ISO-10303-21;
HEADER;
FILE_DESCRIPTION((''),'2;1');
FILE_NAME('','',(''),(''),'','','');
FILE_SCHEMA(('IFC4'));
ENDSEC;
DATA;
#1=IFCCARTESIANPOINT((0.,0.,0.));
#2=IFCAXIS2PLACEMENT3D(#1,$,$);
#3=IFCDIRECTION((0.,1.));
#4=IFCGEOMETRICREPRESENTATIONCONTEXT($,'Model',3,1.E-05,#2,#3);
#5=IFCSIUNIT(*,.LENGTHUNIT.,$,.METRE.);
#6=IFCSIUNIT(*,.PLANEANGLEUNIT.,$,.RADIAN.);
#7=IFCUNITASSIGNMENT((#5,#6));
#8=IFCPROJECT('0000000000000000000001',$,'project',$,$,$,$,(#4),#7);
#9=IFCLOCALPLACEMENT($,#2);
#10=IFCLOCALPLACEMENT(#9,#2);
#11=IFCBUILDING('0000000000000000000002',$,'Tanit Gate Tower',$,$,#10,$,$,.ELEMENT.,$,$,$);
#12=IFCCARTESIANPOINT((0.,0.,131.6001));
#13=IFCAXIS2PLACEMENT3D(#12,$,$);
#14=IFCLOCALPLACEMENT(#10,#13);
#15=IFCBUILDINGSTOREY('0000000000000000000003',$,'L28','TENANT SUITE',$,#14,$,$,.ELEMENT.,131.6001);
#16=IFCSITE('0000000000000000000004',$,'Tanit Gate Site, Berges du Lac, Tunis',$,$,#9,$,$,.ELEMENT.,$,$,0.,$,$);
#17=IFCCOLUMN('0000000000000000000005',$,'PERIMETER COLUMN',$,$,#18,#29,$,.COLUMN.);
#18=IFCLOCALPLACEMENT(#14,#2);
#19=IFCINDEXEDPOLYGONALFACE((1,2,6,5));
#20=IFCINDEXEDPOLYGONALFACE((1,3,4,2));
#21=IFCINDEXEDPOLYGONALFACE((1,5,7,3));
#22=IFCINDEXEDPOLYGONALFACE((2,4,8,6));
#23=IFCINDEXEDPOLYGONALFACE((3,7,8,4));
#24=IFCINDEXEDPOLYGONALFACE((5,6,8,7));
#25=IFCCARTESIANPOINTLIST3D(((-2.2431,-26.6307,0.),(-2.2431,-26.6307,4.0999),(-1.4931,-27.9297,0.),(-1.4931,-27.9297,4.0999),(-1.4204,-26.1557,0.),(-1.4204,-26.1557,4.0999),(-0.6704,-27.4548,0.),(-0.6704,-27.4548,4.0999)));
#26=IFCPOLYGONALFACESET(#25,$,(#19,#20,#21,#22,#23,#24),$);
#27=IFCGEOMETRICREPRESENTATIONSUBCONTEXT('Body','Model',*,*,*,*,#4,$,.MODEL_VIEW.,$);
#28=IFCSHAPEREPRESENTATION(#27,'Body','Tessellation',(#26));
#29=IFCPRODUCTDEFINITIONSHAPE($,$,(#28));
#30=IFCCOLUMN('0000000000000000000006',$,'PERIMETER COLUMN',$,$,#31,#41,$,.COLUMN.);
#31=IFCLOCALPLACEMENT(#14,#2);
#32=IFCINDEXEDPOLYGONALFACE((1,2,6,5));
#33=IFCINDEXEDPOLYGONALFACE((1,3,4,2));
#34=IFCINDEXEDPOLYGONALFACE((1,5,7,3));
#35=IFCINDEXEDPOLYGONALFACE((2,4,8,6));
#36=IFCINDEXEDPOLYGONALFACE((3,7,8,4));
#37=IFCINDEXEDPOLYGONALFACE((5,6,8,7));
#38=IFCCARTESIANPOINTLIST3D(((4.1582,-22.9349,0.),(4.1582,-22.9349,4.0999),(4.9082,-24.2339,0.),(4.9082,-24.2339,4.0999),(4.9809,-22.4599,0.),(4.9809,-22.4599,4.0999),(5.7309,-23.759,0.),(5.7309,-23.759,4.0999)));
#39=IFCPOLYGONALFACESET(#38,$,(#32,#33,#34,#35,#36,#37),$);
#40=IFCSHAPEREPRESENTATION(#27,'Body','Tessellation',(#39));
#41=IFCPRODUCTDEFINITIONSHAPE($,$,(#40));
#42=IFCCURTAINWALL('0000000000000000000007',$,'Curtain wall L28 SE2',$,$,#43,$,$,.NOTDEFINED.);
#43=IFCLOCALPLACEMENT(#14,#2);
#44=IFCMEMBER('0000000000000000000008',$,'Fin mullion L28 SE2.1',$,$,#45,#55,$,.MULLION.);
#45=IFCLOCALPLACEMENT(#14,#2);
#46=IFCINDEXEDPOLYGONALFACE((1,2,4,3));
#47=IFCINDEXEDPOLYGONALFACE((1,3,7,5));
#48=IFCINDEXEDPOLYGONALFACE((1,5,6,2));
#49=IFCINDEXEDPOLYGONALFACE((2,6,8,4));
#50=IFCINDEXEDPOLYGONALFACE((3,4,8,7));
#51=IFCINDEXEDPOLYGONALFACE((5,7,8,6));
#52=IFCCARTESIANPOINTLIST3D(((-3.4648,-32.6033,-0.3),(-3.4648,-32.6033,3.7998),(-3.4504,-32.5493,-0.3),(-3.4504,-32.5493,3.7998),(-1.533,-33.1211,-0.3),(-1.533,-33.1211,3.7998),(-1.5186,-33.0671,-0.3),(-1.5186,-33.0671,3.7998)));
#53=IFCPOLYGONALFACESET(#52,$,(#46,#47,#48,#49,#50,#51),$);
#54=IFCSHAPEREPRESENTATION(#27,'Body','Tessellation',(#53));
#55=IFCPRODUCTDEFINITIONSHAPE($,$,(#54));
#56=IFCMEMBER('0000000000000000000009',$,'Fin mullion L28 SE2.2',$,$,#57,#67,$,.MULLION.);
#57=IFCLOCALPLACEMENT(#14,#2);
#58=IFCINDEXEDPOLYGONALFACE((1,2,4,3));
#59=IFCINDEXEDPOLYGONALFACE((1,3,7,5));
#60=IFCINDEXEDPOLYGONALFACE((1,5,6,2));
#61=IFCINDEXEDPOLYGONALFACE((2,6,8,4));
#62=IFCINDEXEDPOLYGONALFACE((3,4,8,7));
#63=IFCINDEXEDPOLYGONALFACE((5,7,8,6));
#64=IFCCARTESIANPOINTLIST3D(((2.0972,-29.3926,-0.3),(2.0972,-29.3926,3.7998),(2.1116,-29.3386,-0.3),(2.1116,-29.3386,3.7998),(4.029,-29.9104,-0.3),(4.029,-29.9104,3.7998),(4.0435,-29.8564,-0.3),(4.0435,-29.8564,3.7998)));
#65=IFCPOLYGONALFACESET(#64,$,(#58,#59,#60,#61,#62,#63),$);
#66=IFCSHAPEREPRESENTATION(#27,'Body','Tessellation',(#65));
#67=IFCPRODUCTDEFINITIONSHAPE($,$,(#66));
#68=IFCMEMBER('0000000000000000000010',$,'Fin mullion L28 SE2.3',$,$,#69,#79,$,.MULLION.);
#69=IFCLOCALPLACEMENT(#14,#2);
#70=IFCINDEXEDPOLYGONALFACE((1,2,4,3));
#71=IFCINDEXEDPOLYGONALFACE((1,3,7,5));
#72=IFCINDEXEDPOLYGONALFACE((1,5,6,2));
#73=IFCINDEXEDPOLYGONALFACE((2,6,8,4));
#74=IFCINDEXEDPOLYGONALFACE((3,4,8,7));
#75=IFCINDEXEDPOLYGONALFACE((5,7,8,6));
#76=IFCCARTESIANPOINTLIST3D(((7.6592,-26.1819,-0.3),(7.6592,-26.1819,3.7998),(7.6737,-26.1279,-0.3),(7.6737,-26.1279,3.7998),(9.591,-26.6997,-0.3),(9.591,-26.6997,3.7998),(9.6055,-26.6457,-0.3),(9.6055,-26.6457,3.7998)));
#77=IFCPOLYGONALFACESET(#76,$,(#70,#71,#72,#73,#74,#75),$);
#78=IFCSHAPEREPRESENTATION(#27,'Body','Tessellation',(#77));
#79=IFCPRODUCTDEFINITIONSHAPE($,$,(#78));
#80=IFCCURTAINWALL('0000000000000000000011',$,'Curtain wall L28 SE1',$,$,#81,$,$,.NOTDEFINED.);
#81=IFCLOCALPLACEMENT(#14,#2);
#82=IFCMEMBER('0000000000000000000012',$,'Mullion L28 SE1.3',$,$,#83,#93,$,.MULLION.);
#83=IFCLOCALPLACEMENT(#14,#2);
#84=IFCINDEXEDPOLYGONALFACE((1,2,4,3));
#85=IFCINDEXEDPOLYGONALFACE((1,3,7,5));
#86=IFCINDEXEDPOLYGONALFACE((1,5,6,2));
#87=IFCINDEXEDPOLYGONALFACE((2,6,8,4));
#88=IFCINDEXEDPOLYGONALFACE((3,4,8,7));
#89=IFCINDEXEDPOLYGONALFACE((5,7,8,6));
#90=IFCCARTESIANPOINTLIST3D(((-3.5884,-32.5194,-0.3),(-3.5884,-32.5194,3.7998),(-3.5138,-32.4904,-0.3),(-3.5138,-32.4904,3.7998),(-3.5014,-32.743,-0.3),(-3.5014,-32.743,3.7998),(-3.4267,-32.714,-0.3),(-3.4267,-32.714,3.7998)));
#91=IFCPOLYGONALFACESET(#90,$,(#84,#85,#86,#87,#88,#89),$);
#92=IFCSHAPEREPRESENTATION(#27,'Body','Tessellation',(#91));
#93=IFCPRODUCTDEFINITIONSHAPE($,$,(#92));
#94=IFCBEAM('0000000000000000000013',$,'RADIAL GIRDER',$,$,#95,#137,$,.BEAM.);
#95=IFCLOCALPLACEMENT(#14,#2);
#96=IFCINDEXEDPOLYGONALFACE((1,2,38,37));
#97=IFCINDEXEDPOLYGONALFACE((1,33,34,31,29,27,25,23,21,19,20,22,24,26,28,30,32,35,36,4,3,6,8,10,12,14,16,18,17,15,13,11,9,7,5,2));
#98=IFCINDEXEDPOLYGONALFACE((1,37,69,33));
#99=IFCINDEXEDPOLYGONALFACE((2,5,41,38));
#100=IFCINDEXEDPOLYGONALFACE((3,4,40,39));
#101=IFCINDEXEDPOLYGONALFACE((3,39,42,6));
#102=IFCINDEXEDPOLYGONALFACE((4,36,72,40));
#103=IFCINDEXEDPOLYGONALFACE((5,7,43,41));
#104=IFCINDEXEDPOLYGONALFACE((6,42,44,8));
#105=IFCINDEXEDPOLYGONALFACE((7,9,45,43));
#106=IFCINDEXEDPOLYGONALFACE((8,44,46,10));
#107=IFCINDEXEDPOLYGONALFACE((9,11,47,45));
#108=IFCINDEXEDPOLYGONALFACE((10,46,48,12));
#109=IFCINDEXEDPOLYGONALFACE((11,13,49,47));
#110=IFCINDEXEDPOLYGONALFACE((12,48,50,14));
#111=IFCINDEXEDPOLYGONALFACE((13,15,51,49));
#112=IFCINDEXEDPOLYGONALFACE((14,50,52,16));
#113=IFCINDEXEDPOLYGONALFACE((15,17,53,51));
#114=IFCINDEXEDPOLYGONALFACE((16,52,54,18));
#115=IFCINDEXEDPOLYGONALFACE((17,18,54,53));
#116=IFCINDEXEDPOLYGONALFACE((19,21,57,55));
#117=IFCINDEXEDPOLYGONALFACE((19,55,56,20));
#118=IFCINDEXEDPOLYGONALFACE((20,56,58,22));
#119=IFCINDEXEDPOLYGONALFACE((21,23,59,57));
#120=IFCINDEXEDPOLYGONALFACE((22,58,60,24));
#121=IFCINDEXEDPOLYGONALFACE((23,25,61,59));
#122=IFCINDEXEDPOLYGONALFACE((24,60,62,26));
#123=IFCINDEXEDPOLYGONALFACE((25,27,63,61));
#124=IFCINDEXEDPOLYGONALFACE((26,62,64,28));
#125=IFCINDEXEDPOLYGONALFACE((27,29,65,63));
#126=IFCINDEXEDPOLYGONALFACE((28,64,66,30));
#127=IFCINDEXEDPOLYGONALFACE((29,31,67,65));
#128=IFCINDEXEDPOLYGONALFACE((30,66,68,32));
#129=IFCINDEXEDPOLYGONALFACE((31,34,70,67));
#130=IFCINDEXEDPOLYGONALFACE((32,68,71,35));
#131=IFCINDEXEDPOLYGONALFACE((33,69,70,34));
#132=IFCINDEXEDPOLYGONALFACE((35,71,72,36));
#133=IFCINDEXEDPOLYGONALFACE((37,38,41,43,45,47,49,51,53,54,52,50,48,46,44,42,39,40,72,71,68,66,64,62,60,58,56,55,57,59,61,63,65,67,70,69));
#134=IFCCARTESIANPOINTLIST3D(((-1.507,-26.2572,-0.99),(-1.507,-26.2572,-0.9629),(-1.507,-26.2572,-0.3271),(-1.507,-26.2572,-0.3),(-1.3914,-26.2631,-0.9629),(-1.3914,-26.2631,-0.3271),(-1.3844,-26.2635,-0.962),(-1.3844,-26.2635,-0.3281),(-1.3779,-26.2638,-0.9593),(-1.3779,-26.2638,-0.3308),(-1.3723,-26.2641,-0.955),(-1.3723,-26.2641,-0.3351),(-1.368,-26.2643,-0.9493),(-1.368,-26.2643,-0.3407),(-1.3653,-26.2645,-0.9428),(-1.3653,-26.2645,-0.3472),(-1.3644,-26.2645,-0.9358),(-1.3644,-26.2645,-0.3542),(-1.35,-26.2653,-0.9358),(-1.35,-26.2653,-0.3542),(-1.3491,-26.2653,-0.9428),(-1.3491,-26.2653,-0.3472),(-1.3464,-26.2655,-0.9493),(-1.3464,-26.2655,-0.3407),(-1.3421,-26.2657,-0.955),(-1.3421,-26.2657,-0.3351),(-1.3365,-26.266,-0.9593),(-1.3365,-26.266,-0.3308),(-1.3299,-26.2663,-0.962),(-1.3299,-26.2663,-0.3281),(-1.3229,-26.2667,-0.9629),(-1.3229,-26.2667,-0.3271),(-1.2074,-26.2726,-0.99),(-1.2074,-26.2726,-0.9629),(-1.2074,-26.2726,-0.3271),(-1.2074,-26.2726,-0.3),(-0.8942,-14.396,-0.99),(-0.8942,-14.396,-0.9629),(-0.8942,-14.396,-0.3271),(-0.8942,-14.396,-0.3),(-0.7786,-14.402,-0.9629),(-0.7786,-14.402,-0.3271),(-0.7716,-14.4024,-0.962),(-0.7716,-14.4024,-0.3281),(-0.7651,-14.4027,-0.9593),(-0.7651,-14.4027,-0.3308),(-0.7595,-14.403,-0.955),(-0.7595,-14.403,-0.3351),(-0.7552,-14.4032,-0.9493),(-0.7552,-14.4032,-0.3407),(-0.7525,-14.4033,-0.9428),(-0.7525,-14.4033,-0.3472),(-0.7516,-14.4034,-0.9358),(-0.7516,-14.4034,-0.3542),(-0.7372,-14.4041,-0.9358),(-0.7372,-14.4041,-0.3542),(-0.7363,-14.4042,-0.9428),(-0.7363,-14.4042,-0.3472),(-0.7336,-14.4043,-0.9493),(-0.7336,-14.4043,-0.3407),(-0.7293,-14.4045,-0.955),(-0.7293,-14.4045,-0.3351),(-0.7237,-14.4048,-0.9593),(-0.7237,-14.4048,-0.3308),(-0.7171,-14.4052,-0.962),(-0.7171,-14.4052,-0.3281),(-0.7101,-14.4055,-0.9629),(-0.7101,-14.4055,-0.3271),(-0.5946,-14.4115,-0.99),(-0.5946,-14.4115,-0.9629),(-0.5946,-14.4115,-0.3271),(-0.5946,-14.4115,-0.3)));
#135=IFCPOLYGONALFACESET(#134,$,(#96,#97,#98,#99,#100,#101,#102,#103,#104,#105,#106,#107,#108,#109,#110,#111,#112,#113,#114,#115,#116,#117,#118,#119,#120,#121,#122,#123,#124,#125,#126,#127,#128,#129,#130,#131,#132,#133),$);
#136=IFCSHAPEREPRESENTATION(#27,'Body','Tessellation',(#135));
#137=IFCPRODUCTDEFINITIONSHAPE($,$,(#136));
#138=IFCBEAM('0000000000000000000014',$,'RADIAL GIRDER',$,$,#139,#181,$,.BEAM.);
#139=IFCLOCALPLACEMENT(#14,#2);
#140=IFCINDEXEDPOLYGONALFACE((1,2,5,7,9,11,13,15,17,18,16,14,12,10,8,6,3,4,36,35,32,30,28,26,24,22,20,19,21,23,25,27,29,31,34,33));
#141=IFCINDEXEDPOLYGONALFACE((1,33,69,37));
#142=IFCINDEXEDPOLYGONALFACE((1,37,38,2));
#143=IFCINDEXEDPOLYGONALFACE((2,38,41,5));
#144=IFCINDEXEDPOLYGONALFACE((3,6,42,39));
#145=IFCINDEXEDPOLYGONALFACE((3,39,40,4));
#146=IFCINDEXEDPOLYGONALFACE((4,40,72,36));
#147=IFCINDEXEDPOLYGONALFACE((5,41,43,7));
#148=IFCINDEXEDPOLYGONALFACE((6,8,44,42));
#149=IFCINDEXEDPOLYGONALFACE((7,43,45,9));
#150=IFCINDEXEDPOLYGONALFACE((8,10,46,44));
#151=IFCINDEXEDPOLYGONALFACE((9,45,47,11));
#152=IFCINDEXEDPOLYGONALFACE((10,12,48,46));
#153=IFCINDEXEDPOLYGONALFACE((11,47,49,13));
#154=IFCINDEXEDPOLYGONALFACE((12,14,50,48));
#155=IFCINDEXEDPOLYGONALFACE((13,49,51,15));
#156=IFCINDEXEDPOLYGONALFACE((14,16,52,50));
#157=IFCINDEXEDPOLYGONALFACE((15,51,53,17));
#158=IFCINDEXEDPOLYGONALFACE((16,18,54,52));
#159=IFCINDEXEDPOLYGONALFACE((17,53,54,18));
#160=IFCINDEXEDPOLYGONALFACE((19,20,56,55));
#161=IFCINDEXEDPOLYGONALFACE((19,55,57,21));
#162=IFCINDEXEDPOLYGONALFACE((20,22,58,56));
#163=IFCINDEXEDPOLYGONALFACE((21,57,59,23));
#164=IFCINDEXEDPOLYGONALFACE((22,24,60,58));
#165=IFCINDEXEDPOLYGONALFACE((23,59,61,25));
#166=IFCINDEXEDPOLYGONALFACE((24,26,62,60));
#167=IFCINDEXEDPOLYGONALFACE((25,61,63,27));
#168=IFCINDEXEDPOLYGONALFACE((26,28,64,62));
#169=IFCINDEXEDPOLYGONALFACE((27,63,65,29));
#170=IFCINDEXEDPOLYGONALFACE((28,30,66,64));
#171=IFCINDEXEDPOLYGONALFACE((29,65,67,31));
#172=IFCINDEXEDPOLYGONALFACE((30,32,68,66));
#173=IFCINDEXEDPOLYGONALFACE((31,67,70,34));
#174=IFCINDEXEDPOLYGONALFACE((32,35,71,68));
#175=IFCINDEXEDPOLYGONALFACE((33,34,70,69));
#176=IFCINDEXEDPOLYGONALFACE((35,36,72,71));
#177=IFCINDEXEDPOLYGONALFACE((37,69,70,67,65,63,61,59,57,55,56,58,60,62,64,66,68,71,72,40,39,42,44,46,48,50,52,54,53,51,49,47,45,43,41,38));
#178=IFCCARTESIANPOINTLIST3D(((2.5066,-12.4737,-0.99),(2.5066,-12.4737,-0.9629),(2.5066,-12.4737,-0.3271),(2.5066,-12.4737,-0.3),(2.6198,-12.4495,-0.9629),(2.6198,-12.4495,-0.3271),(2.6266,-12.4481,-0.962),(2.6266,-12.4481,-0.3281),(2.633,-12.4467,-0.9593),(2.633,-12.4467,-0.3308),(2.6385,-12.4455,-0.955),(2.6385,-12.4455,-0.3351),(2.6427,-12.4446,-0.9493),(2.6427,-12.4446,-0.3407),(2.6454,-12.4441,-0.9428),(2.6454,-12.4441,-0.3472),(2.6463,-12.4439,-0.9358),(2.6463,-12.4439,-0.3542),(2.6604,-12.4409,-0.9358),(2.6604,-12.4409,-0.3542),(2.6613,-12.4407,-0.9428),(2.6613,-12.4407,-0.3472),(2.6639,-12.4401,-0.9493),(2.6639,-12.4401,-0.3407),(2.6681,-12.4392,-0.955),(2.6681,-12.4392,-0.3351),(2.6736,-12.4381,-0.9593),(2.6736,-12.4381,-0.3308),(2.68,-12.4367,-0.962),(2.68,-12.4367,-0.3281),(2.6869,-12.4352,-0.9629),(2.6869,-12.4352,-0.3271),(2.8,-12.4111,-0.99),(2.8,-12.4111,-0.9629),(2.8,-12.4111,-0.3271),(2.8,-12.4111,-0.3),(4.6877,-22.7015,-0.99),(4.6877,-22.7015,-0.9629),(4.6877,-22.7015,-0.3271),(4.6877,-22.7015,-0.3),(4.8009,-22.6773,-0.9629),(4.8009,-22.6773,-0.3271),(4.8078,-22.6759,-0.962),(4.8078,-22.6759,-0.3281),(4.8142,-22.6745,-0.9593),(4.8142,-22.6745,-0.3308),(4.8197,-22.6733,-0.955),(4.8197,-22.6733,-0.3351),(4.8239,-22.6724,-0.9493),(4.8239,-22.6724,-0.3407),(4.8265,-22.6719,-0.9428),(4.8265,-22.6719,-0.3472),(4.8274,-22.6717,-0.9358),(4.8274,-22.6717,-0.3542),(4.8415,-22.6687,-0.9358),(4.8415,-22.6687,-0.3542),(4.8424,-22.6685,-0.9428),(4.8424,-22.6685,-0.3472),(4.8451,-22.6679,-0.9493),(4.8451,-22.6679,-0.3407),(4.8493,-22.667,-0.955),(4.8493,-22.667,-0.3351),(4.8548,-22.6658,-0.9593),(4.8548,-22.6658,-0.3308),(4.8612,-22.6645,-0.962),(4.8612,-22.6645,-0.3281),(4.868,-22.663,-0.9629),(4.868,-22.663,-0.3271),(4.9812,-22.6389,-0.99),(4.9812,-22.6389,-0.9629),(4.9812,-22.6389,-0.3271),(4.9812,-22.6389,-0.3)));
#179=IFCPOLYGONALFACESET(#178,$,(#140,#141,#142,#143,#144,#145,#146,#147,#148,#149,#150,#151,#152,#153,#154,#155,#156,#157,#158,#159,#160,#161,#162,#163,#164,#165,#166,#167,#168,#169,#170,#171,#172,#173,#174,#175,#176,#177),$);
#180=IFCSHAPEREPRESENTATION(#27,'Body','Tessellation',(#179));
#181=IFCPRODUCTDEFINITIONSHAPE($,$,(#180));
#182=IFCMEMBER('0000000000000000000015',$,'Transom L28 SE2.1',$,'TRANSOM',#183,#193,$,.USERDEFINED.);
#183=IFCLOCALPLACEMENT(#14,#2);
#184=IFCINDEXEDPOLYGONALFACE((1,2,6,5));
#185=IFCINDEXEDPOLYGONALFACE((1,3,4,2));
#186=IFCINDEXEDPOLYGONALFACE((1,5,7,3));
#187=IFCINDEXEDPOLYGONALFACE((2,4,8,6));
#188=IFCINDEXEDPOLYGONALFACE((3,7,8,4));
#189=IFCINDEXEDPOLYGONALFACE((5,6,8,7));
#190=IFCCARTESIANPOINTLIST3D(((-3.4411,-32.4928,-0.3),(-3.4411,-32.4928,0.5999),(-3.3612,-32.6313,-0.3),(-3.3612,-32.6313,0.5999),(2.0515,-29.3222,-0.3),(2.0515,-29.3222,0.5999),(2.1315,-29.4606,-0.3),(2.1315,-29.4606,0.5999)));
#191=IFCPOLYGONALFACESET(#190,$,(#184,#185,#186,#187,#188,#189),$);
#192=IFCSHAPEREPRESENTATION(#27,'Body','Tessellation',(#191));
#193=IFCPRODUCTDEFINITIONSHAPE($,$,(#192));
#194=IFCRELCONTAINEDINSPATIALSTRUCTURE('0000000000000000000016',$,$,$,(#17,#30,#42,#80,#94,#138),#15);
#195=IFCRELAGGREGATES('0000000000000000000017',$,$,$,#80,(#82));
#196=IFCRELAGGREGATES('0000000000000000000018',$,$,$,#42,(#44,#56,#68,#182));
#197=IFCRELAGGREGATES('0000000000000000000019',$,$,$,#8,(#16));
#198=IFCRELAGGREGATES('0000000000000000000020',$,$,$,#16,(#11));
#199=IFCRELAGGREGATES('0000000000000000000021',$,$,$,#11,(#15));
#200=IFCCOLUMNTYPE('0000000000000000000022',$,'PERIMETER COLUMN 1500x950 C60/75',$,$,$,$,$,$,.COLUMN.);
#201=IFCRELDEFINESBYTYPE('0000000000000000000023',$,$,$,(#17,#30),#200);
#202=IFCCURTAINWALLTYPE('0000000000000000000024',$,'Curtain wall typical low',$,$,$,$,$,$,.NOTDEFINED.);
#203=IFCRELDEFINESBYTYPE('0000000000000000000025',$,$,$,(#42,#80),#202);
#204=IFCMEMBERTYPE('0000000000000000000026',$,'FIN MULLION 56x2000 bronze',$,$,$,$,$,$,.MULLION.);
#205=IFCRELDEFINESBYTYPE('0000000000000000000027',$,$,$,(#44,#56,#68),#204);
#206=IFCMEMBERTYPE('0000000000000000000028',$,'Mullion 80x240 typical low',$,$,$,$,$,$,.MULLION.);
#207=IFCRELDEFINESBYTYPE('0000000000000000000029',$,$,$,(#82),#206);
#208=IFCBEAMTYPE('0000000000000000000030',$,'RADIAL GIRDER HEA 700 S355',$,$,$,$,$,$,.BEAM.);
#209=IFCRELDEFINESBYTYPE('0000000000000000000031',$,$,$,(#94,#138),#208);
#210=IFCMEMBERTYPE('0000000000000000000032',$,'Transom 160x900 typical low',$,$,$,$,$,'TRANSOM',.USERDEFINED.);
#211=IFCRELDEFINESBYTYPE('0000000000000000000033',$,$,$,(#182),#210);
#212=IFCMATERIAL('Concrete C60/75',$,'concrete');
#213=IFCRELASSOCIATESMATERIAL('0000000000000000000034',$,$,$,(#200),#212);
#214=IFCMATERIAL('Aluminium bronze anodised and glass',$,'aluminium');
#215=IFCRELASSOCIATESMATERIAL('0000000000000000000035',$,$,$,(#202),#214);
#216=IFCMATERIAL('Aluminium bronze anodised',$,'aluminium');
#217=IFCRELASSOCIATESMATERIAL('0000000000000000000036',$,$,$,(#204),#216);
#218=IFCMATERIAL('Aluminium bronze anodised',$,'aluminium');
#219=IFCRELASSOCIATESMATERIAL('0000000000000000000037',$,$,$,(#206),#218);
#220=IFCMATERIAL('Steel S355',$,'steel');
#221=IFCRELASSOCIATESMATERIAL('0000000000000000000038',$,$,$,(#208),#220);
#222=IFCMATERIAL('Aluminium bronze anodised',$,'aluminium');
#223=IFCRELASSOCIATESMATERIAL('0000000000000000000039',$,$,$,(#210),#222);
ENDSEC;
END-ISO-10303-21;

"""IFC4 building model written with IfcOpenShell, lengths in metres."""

from ifc_helpers import new_model, si_unit, direction, frame, origin, origin_2d, place, context, subcontext, project, spatial, rectangle, i_section, extrude, material, material_profile, profile_set, type_object, element, aggregate, save


model = new_model("IFC4")

# Units and contexts
model_context = context("Model", 3, precision=1e-05, world=origin(), true_north=direction((0.0, 1.0)))
body_context = subcontext(model_context, "Body", "Model", "MODEL_VIEW")
ifc_project = project(units=[si_unit("LENGTHUNIT", "METRE"), si_unit("PLANEANGLEUNIT", "RADIAN")], contexts=[model_context])

# Site, building, storey
site_placement = place(None, origin())
site = spatial("IfcSite", under=ifc_project, at=site_placement, Name="Tanit Gate Site, Berges du Lac, Tunis", CompositionType="ELEMENT", RefElevation=0.0)
building_placement = place(site_placement, origin())
building = spatial("IfcBuilding", under=site, at=building_placement, Name="Tanit Gate Tower", CompositionType="ELEMENT")
storey_placement = place(building_placement, frame((0.0, 0.0, 131.6001)))
storey = spatial("IfcBuildingStorey", under=building, at=storey_placement, Name="L28", Description="TENANT SUITE", CompositionType="ELEMENT", Elevation=131.6001)

# Columns
ifc_material_1 = material(Name="Concrete C60/75", Category="concrete")
ifc_material_profile_1 = material_profile(ifc_material_1, rectangle(XDim=1.5, YDim=0.95, at=origin_2d()), Name="RC 1500x950")
ifc_profile_set_1 = profile_set([ifc_material_profile_1], Name="Concrete C60/75")
column_type = type_object("IfcColumnType", Name="PERIMETER COLUMN 1500x950 C60/75", PredefinedType="COLUMN", material=ifc_profile_set_1)
for number, where, z_axis, x_axis, name in (
    (1, (-1.4568, -27.0427, 0.0), (0.0, 0.0, 1.0), (0.5, -0.866025, 0.0), "PERIMETER COLUMN"),
    (2, (4.9446, -23.3469, 0.0), (0.0, 0.0, 1.0), (0.5, -0.866025, 0.0), "PERIMETER COLUMN"),
):
    element("IfcColumn", number, at=place(storey_placement, frame(where, z_axis=z_axis, x_axis=x_axis)), inside=storey, type_object=column_type, Name=name, PredefinedType="COLUMN", context=body_context, shape_type="SweptSolid", body=[
        extrude(rectangle(XDim=1.5, YDim=0.95, at=origin_2d()), origin(), (0.0, 0.0, 1.0), 4.0999),
    ])

# Curtain wall, members
ifc_material_2 = material(Name="Aluminium bronze anodised and glass", Category="aluminium")
curtain_wall_type = type_object("IfcCurtainWallType", Name="Curtain wall typical low", PredefinedType="NOTDEFINED", material=ifc_material_2)
curtain_wall_1_placement = place(storey_placement, origin())
curtain_wall_1 = element("IfcCurtainWall", 3, at=curtain_wall_1_placement, inside=storey, type_object=curtain_wall_type, Name="Curtain wall L28 SE2", PredefinedType="NOTDEFINED")
ifc_material_3 = material(Name="Aluminium bronze anodised", Category="aluminium")
ifc_material_profile_2 = material_profile(ifc_material_3, rectangle(XDim=2.0, YDim=0.0559, at=origin_2d()), Name="56x2000 bronze fin mullion")
ifc_profile_set_2 = profile_set([ifc_material_profile_2], Name="Aluminium bronze anodised")
member_type_1 = type_object("IfcMemberType", Name="FIN MULLION 56x2000 bronze", PredefinedType="MULLION", material=ifc_profile_set_2)
member_1_placement = place(storey_placement, frame((-2.4917, -32.8352, -0.3), z_axis=(0.0, 0.0, 1.0), x_axis=(-0.965908, 0.258886, 0.0)))
member_1 = element("IfcMember", 4, at=member_1_placement, type_object=member_type_1, Name="Fin mullion L28 SE2.1", PredefinedType="MULLION", context=body_context, shape_type="SweptSolid", body=[
    extrude(rectangle(XDim=2.0, YDim=0.0559, at=origin_2d()), origin(), (0.0, 0.0, 1.0), 4.0999),
])
member_2_placement = place(storey_placement, frame((3.0703, -29.6245, -0.3), z_axis=(0.0, 0.0, 1.0), x_axis=(-0.965908, 0.258886, 0.0)))
member_2 = element("IfcMember", 5, at=member_2_placement, type_object=member_type_1, Name="Fin mullion L28 SE2.2", PredefinedType="MULLION", context=body_context, shape_type="SweptSolid", body=[
    extrude(rectangle(XDim=2.0, YDim=0.0559, at=origin_2d()), origin(), (0.0, 0.0, 1.0), 4.0999),
])
member_3_placement = place(storey_placement, frame((8.6323, -26.4138, -0.3), z_axis=(0.0, 0.0, 1.0), x_axis=(-0.965908, 0.258886, 0.0)))
member_3 = element("IfcMember", 6, at=member_3_placement, type_object=member_type_1, Name="Fin mullion L28 SE2.3", PredefinedType="MULLION", context=body_context, shape_type="SweptSolid", body=[
    extrude(rectangle(XDim=2.0, YDim=0.0559, at=origin_2d()), origin(), (0.0, 0.0, 1.0), 4.0999),
])

# Curtain wall, member
curtain_wall_2_placement = place(storey_placement, origin())
curtain_wall_2 = element("IfcCurtainWall", 7, at=curtain_wall_2_placement, inside=storey, type_object=curtain_wall_type, Name="Curtain wall L28 SE1", PredefinedType="NOTDEFINED")
ifc_material_4 = material(Name="Aluminium bronze anodised", Category="aluminium")
ifc_material_profile_3 = material_profile(ifc_material_4, rectangle(XDim=0.24, YDim=0.0801, at=origin_2d()), Name="80x240 bronze mullion")
ifc_profile_set_3 = profile_set([ifc_material_profile_3], Name="Aluminium bronze anodised")
member_type_2 = type_object("IfcMemberType", Name="Mullion 80x240 typical low", PredefinedType="MULLION", material=ifc_profile_set_3)
member_4_placement = place(storey_placement, frame((-3.5076, -32.6167, -0.3), z_axis=(0.0, 0.0, 1.0), x_axis=(-0.362737, 0.931892, 0.0)))
member_4 = element("IfcMember", 8, at=member_4_placement, type_object=member_type_2, Name="Mullion L28 SE1.3", PredefinedType="MULLION", context=body_context, shape_type="SweptSolid", body=[
    extrude(rectangle(XDim=0.24, YDim=0.0801, at=origin_2d()), origin(), (0.0, 0.0, 1.0), 4.0999),
])
aggregate(curtain_wall_2, [member_4])

# Beams
ifc_material_5 = material(Name="Steel S355", Category="steel")
ifc_material_profile_4 = material_profile(ifc_material_5, i_section(OverallWidth=0.3, OverallDepth=0.6899, WebThickness=0.0144, FlangeThickness=0.0271, FilletRadius=0.0271, at=origin_2d()), Name="HEA 700")
ifc_profile_set_4 = profile_set([ifc_material_profile_4], Name="Steel S355")
beam_type = type_object("IfcBeamType", Name="RADIAL GIRDER HEA 700 S355", PredefinedType="BEAM", material=ifc_profile_set_4)
beam_1_placement = place(storey_placement, frame((-1.3572, -26.2649, -0.645), z_axis=(0.051595, 0.998668, 0.0), x_axis=(-0.998668, 0.051595, 0.0)))
element("IfcBeam", 9, at=beam_1_placement, inside=storey, type_object=beam_type, Name="RADIAL GIRDER", PredefinedType="BEAM", context=body_context, shape_type="SweptSolid", body=[
    extrude(i_section(OverallWidth=0.3, OverallDepth=0.6899, WebThickness=0.0144, FlangeThickness=0.0271, FilletRadius=0.0271, at=origin_2d()), origin(), (0.0, 0.0, 1.0), 11.877),
])
beam_2_placement = place(storey_placement, frame((4.8345, -22.6702, -0.645), z_axis=(-0.208568, 0.978008, 0.0), x_axis=(-0.978008, -0.208568, 0.0)))
element("IfcBeam", 10, at=beam_2_placement, inside=storey, type_object=beam_type, Name="RADIAL GIRDER", PredefinedType="BEAM", context=body_context, shape_type="SweptSolid", body=[
    extrude(i_section(OverallWidth=0.3, OverallDepth=0.6899, WebThickness=0.0144, FlangeThickness=0.0271, FilletRadius=0.0271, at=origin_2d()), origin(), (0.0, 0.0, 1.0), 10.4578),
])

# Member
ifc_material_6 = material(Name="Aluminium bronze anodised", Category="aluminium")
ifc_material_profile_5 = material_profile(ifc_material_6, rectangle(XDim=0.1599, YDim=0.8999, at=origin_2d()), Name="160x900 bronze transom")
ifc_profile_set_5 = profile_set([ifc_material_profile_5], Name="Aluminium bronze anodised")
member_type_3 = type_object("IfcMemberType", Name="Transom 160x900 typical low", ElementType="TRANSOM", PredefinedType="USERDEFINED", material=ifc_profile_set_5)
member_5_placement = place(storey_placement, frame((-3.4011, -32.562, 0.1499), z_axis=(0.866063, 0.499936, 0.0), x_axis=(-0.499936, 0.866063, 0.0)))
member_5 = element("IfcMember", 11, at=member_5_placement, type_object=member_type_3, Name="Transom L28 SE2.1", ObjectType="TRANSOM", PredefinedType="USERDEFINED", context=body_context, shape_type="SweptSolid", body=[
    extrude(rectangle(XDim=0.1599, YDim=0.8999, at=origin_2d()), origin(), (0.0, 0.0, 1.0), 6.342),
])

aggregate(curtain_wall_1, [member_1, member_2, member_3, member_5])

save(model, "model.ifc")
